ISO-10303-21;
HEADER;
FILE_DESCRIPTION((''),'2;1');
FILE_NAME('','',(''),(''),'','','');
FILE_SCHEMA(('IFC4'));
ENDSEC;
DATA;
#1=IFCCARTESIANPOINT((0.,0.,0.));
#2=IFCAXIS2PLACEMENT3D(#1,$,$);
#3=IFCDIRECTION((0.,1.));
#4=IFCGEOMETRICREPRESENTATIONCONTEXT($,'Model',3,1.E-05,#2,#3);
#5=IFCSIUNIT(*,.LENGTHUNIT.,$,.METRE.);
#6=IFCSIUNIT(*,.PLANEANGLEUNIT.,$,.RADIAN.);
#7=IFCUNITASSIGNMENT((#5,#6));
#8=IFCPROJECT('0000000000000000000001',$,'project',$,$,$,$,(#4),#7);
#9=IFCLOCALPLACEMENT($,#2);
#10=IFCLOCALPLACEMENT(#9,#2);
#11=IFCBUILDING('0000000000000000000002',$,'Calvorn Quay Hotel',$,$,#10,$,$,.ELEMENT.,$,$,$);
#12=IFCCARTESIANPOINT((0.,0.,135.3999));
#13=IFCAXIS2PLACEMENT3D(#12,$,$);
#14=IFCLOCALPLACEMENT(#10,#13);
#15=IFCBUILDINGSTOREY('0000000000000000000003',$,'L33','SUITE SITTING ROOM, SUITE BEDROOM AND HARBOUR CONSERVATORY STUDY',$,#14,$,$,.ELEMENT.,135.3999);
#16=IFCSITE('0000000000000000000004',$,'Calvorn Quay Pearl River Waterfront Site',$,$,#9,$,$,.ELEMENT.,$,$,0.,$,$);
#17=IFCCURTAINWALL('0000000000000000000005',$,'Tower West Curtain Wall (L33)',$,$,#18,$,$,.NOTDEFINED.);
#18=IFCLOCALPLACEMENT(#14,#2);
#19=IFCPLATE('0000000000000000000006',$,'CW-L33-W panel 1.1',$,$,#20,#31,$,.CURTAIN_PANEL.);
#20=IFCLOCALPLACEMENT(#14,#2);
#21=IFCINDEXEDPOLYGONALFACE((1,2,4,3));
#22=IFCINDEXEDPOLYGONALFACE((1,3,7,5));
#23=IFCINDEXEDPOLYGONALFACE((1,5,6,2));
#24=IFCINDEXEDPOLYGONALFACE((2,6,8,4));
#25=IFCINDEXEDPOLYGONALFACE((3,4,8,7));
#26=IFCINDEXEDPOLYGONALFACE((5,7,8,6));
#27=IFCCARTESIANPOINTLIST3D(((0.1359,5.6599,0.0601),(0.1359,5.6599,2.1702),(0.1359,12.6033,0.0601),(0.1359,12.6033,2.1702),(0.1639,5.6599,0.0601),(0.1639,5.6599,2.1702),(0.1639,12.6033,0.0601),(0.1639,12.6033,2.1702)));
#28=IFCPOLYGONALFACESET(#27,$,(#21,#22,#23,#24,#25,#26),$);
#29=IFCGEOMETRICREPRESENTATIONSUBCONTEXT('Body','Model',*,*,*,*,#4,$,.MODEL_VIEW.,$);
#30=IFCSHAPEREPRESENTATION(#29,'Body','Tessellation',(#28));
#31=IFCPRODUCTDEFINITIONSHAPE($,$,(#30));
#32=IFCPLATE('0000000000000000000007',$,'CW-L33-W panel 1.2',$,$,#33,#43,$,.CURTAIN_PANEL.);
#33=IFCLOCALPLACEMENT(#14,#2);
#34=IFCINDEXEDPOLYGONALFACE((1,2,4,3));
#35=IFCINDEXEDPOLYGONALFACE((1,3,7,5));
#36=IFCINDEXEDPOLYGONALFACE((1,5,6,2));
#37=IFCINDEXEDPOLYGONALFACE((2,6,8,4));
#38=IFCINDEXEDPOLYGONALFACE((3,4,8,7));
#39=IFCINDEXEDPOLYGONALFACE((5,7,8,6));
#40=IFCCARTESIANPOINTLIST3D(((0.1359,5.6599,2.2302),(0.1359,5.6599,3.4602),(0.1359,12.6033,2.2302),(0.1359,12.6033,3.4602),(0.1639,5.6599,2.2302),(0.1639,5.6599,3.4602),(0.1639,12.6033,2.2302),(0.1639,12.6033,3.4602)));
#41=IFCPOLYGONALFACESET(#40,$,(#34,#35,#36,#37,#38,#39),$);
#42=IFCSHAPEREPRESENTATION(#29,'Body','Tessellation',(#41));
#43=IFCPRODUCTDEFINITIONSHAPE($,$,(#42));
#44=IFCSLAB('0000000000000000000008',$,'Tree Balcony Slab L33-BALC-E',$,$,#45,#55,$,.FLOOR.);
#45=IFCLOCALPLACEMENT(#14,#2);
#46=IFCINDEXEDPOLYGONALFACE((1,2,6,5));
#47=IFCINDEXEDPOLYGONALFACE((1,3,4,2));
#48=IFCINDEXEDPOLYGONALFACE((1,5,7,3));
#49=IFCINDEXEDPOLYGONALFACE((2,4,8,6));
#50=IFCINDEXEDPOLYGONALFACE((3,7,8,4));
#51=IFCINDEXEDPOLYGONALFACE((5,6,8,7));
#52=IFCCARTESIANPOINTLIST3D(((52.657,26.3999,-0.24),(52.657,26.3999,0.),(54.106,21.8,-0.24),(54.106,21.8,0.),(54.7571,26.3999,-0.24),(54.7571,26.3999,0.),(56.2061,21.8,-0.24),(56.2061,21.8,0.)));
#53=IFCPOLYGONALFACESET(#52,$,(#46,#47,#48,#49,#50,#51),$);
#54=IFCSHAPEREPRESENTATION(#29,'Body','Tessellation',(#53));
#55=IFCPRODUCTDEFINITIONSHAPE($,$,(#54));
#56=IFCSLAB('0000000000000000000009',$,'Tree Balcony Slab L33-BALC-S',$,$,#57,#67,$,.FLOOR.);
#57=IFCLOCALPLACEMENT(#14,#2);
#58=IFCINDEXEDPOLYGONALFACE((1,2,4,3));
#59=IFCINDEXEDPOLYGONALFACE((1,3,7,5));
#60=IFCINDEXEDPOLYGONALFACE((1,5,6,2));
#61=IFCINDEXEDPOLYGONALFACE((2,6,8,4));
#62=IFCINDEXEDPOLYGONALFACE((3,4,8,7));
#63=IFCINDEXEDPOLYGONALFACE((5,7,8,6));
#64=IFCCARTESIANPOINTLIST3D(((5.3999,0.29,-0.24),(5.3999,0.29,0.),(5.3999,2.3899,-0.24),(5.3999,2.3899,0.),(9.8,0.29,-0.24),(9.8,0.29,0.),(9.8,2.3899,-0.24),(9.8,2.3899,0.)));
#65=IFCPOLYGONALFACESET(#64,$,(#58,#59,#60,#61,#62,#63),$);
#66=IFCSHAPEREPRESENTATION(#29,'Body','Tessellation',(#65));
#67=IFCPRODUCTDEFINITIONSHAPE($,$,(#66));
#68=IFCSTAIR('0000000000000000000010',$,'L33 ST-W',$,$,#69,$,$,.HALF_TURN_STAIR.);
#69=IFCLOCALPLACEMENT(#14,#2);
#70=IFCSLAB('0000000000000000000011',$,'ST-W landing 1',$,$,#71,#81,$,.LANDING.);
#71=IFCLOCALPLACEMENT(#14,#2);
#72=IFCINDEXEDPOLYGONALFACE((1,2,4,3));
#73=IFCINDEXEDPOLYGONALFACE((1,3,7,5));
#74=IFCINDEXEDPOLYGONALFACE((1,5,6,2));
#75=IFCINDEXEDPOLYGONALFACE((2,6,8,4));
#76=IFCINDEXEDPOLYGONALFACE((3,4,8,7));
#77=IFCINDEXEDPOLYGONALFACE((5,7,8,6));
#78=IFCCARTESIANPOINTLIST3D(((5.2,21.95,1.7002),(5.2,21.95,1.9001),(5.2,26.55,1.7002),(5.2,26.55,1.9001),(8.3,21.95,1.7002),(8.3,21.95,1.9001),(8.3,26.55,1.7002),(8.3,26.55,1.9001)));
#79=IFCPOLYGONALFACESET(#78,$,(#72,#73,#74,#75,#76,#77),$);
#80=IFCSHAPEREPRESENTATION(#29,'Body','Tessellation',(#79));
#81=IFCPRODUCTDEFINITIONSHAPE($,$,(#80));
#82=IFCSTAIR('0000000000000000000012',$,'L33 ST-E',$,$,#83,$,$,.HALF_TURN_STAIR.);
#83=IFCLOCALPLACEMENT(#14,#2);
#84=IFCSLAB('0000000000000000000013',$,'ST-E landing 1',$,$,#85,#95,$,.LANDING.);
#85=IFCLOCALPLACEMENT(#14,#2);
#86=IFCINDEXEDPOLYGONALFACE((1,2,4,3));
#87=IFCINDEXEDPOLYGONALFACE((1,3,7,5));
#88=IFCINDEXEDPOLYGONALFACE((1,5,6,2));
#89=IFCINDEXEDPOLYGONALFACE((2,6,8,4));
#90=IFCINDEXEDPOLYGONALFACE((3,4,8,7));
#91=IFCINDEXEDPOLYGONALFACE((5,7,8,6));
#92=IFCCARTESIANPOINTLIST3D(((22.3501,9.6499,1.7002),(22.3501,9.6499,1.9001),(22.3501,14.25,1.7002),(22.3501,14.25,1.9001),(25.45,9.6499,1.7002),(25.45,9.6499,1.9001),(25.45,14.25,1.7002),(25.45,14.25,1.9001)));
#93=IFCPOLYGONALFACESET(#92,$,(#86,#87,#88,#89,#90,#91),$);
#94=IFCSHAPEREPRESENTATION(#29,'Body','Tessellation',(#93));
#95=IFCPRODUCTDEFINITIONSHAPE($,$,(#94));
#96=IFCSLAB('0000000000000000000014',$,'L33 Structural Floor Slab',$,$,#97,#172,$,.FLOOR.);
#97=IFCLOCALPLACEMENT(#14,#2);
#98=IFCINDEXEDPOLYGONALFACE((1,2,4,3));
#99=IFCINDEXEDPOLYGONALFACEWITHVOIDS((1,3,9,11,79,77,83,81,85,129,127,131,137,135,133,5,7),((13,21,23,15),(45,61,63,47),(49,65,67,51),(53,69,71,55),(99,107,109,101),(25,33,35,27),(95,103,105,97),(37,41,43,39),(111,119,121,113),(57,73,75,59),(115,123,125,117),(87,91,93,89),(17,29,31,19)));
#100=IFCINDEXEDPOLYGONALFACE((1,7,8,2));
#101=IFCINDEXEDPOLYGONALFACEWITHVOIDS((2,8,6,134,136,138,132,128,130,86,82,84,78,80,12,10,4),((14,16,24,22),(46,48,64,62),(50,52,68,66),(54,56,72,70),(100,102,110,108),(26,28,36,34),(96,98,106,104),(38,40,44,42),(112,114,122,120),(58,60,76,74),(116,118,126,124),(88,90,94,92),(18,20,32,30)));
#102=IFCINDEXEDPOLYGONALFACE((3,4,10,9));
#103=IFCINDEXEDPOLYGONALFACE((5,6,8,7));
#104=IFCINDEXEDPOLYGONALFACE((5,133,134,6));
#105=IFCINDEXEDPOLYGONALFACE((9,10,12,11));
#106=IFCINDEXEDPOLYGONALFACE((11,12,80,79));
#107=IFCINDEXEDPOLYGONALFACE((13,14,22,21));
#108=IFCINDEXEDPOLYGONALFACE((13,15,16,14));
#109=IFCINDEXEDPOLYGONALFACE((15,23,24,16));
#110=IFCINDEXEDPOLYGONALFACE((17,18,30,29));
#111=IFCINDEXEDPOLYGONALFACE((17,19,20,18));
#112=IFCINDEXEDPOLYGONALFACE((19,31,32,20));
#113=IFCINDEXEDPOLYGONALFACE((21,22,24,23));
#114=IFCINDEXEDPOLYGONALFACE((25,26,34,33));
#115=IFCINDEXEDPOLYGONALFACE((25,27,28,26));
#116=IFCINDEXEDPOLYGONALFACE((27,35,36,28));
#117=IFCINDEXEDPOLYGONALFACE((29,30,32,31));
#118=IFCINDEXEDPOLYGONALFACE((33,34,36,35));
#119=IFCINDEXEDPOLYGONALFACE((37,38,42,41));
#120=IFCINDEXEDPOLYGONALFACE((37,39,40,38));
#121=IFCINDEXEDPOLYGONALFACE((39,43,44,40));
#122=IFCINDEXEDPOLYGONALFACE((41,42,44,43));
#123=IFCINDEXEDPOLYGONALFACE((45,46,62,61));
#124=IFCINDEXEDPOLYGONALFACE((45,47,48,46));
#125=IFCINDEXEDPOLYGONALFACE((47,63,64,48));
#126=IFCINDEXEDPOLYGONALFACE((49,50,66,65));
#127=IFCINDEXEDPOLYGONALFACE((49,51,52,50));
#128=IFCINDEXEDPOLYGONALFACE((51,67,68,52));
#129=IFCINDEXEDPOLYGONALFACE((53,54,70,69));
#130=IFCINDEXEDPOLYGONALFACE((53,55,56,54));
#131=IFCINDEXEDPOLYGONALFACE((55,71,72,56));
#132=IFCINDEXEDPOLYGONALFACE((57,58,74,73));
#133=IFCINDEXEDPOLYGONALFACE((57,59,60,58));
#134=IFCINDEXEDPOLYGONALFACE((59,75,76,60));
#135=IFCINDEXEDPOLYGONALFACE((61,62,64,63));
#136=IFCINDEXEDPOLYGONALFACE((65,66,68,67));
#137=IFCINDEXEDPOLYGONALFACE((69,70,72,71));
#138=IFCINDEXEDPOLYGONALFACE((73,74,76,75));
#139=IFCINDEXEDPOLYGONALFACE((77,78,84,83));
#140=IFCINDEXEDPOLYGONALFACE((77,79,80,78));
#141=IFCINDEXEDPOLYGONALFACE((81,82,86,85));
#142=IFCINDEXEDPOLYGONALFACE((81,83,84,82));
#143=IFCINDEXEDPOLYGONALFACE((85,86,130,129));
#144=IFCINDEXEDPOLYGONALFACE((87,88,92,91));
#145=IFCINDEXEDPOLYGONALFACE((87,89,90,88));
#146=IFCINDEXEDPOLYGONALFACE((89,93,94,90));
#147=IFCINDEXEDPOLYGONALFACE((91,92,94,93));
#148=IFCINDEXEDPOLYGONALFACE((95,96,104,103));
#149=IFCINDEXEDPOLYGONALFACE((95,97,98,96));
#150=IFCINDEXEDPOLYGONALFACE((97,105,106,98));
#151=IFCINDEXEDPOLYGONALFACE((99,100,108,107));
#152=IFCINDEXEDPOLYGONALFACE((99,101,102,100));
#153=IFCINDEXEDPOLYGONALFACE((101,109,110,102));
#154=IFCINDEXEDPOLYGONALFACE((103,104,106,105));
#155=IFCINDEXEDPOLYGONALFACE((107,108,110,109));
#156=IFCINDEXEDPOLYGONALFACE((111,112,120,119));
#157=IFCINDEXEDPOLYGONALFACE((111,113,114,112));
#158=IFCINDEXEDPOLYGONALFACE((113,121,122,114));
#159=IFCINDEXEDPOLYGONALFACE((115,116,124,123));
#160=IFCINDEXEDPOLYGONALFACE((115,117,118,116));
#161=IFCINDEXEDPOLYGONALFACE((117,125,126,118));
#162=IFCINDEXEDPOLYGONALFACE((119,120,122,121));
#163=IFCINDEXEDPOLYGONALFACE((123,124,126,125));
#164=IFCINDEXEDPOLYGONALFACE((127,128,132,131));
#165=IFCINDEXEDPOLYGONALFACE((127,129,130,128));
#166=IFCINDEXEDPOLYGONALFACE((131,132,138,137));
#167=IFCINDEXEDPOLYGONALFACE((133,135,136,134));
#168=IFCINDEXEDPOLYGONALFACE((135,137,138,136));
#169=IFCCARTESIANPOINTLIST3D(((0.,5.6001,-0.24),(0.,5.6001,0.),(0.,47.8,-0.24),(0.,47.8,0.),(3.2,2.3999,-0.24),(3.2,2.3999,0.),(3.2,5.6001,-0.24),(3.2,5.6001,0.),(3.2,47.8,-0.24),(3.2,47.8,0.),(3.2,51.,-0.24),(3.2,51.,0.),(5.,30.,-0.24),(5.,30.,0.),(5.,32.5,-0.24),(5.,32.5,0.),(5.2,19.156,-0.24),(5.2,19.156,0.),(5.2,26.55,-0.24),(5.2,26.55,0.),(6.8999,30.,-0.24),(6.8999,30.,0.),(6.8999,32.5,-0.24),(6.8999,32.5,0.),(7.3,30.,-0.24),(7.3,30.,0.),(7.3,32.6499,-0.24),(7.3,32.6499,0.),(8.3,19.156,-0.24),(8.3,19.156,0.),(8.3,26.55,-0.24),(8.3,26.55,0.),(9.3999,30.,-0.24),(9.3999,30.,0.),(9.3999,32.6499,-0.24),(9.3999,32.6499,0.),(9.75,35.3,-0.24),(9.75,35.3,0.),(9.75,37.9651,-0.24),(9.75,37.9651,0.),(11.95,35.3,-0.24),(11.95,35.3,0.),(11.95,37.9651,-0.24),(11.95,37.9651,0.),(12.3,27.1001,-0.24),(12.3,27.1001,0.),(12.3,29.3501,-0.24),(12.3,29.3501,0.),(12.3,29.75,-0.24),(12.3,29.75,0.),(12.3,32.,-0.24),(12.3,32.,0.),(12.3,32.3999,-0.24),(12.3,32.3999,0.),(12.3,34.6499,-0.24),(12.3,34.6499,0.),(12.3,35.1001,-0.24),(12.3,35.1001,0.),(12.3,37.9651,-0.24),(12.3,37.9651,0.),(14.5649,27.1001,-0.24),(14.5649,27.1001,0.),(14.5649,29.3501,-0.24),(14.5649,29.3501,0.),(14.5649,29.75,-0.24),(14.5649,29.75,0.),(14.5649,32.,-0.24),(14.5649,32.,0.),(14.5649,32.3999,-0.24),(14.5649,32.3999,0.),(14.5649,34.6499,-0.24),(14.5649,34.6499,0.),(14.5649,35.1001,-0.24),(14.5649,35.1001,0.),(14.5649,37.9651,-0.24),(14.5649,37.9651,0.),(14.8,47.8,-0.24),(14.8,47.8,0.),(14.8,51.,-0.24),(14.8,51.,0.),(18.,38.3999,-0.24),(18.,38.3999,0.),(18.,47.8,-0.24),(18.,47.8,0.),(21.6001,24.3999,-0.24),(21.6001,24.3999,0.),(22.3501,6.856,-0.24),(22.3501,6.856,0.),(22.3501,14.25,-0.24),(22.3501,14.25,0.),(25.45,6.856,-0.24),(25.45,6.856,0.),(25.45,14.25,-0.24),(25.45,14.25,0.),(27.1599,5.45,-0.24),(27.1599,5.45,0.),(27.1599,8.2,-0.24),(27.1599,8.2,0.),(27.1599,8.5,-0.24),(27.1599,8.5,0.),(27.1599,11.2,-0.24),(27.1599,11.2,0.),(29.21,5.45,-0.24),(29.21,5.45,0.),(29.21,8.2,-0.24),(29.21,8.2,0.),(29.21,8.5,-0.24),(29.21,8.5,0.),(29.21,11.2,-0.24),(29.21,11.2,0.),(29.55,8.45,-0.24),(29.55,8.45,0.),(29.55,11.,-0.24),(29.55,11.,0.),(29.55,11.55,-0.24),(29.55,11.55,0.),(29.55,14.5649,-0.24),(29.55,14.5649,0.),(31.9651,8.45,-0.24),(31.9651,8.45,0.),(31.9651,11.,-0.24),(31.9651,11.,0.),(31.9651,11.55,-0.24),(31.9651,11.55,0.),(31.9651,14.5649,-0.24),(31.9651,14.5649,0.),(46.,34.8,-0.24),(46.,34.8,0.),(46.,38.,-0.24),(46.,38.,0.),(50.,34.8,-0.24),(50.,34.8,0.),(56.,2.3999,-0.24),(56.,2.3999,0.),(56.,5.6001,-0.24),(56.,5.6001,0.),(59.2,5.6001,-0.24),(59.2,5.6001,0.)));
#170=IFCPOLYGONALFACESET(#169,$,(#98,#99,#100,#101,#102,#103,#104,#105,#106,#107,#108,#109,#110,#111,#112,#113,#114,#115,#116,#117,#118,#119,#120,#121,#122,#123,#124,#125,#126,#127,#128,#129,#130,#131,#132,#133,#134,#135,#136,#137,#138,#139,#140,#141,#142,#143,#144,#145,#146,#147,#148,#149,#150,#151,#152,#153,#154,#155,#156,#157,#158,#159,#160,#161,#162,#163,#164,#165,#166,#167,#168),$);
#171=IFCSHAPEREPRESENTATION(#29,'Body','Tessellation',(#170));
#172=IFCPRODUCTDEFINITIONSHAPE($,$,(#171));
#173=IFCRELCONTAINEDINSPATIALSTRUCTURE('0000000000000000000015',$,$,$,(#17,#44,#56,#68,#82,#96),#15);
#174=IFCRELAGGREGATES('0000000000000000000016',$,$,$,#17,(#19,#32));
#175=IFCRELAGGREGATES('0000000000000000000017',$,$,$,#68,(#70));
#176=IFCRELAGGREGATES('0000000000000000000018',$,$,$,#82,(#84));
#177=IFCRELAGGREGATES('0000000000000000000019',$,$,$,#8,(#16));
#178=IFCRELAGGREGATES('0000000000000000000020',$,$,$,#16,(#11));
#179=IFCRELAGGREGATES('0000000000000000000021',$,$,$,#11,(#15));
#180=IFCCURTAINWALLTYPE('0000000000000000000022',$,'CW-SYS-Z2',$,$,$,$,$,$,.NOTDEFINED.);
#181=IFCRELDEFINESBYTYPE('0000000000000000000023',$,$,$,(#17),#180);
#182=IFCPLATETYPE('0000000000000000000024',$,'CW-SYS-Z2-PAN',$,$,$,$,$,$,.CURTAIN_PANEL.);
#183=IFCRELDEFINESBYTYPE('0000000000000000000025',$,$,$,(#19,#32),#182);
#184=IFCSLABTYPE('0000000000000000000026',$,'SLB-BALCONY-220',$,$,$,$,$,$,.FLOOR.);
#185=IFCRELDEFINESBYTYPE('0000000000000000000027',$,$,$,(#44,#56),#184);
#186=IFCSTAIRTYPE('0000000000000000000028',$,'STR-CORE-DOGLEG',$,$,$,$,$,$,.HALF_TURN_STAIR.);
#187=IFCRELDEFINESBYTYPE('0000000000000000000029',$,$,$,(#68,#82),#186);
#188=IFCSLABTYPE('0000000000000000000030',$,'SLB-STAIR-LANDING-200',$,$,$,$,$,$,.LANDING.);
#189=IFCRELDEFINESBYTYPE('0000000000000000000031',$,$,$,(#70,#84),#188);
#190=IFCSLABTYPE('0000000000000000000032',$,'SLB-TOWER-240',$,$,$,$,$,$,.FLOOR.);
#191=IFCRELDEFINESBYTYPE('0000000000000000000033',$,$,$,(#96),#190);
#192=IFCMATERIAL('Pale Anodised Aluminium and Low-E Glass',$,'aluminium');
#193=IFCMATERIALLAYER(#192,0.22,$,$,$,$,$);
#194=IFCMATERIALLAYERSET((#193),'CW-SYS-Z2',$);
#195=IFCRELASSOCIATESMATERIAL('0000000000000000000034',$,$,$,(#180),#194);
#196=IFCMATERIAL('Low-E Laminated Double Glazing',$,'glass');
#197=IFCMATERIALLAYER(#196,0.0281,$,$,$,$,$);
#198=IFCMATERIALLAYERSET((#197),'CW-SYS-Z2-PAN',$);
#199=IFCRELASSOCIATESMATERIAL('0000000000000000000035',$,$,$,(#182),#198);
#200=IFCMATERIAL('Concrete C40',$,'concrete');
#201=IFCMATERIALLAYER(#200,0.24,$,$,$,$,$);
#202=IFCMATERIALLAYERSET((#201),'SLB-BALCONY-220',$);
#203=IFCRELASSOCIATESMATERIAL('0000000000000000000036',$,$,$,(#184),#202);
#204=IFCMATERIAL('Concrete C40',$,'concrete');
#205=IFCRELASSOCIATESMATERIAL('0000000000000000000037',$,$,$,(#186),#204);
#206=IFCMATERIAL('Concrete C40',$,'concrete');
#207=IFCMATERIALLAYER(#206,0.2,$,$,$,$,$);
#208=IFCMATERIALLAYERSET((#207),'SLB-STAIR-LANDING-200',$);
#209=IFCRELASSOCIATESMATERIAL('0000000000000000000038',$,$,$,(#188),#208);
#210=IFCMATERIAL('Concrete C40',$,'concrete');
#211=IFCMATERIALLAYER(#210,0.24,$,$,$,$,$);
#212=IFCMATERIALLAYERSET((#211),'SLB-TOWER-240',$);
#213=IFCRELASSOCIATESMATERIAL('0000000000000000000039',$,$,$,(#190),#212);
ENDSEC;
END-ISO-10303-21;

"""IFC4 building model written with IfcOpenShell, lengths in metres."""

from ifc_helpers import new_model, si_unit, direction, frame, origin, origin_2d, place, context, subcontext, project, spatial, polyline, rectangle, outline, extrude, material, layer, layer_set, type_object, element, aggregate, save


model = new_model("IFC4")

# Units and contexts
model_context = context("Model", 3, precision=1e-05, world=origin(), true_north=direction((0.0, 1.0)))
body_context = subcontext(model_context, "Body", "Model", "MODEL_VIEW")
ifc_project = project(units=[si_unit("LENGTHUNIT", "METRE"), si_unit("PLANEANGLEUNIT", "RADIAN")], contexts=[model_context])

# Site, building, storey
site_placement = place(None, origin())
site = spatial("IfcSite", under=ifc_project, at=site_placement, Name="Calvorn Quay Pearl River Waterfront Site", CompositionType="ELEMENT", RefElevation=0.0)
building_placement = place(site_placement, origin())
building = spatial("IfcBuilding", under=site, at=building_placement, Name="Calvorn Quay Hotel", CompositionType="ELEMENT")
storey_placement = place(building_placement, frame((0.0, 0.0, 135.3999)))
storey = spatial("IfcBuildingStorey", under=building, at=storey_placement, Name="L33", Description="SUITE SITTING ROOM, SUITE BEDROOM AND HARBOUR CONSERVATORY STUDY", CompositionType="ELEMENT", Elevation=135.3999)

# Curtain wall, plates
ifc_material_1 = material(Name="Pale Anodised Aluminium and Low-E Glass", Category="aluminium")
ifc_layer_1 = layer(ifc_material_1, 0.22)
ifc_layer_set_1 = layer_set([ifc_layer_1], Name="CW-SYS-Z2")
curtain_wall_type = type_object("IfcCurtainWallType", Name="CW-SYS-Z2", PredefinedType="NOTDEFINED", material=ifc_layer_set_1)
curtain_wall_placement = place(storey_placement, origin())
curtain_wall = element("IfcCurtainWall", 1, at=curtain_wall_placement, inside=storey, type_object=curtain_wall_type, Name="Tower West Curtain Wall (L33)", PredefinedType="NOTDEFINED")
ifc_material_2 = material(Name="Low-E Laminated Double Glazing", Category="glass")
ifc_layer_2 = layer(ifc_material_2, 0.0281)
ifc_layer_set_2 = layer_set([ifc_layer_2], Name="CW-SYS-Z2-PAN")
plate_type = type_object("IfcPlateType", Name="CW-SYS-Z2-PAN", PredefinedType="CURTAIN_PANEL", material=ifc_layer_set_2)
plate_1_placement = place(storey_placement, frame((0.1499, 9.1316, 0.0601), z_axis=(0.0, 0.0, 1.0), x_axis=(0.0, 1.0, 0.0)))
plate_1 = element("IfcPlate", 2, at=plate_1_placement, type_object=plate_type, Name="CW-L33-W panel 1.1", PredefinedType="CURTAIN_PANEL", context=body_context, shape_type="SweptSolid", body=[
    extrude(rectangle(XDim=6.9434, YDim=0.0281, at=origin_2d()), origin(), (0.0, 0.0, 1.0), 2.1101),
])
plate_2_placement = place(storey_placement, frame((0.1499, 9.1316, 2.2302), z_axis=(0.0, 0.0, 1.0), x_axis=(0.0, 1.0, 0.0)))
plate_2 = element("IfcPlate", 3, at=plate_2_placement, type_object=plate_type, Name="CW-L33-W panel 1.2", PredefinedType="CURTAIN_PANEL", context=body_context, shape_type="SweptSolid", body=[
    extrude(rectangle(XDim=6.9434, YDim=0.0281, at=origin_2d()), origin(), (0.0, 0.0, 1.0), 1.23),
])
aggregate(curtain_wall, [plate_1, plate_2])

# Slabs
ifc_material_3 = material(Name="Concrete C40", Category="concrete")
ifc_layer_3 = layer(ifc_material_3, 0.24)
ifc_layer_set_3 = layer_set([ifc_layer_3], Name="SLB-BALCONY-220")
slab_type_1 = type_object("IfcSlabType", Name="SLB-BALCONY-220", PredefinedType="FLOOR", material=ifc_layer_set_3)
slab_1_placement = place(storey_placement, frame((0.0, 0.0, -0.24)))
element("IfcSlab", 4, at=slab_1_placement, inside=storey, type_object=slab_type_1, Name="Tree Balcony Slab L33-BALC-E", PredefinedType="FLOOR", context=body_context, shape_type="SweptSolid", body=[
    extrude(outline(polyline([(54.106, 21.8), (56.2061, 21.8), (54.7571, 26.3999), (52.657, 26.3999), (54.106, 21.8)])), origin(), (0.0, 0.0, 1.0), 0.24),
])
slab_2_placement = place(storey_placement, frame((0.0, 0.0, -0.24)))
element("IfcSlab", 5, at=slab_2_placement, inside=storey, type_object=slab_type_1, Name="Tree Balcony Slab L33-BALC-S", PredefinedType="FLOOR", context=body_context, shape_type="SweptSolid", body=[
    extrude(outline(polyline([(5.3999, 0.29), (9.8, 0.29), (9.8, 2.3899), (5.3999, 2.3899), (5.3999, 0.29)])), origin(), (0.0, 0.0, 1.0), 0.24),
])

# Stairs, slabs
ifc_material_4 = material(Name="Concrete C40", Category="concrete")
stair_type = type_object("IfcStairType", Name="STR-CORE-DOGLEG", PredefinedType="HALF_TURN_STAIR", material=ifc_material_4)
stair_1_placement = place(storey_placement, origin())
stair_1 = element("IfcStair", 6, at=stair_1_placement, inside=storey, type_object=stair_type, Name="L33 ST-W", PredefinedType="HALF_TURN_STAIR")
ifc_material_5 = material(Name="Concrete C40", Category="concrete")
ifc_layer_4 = layer(ifc_material_5, 0.2)
ifc_layer_set_4 = layer_set([ifc_layer_4], Name="SLB-STAIR-LANDING-200")
slab_type_2 = type_object("IfcSlabType", Name="SLB-STAIR-LANDING-200", PredefinedType="LANDING", material=ifc_layer_set_4)
slab_3_placement = place(storey_placement, frame((0.0, 0.0, 1.7002)))
slab_3 = element("IfcSlab", 7, at=slab_3_placement, type_object=slab_type_2, Name="ST-W landing 1", PredefinedType="LANDING", context=body_context, shape_type="SweptSolid", body=[
    extrude(outline(polyline([(8.3, 21.95), (8.3, 26.55), (5.2, 26.55), (5.2, 21.95), (8.3, 21.95)])), origin(), (0.0, 0.0, 1.0), 0.2),
])
aggregate(stair_1, [slab_3])
stair_2_placement = place(storey_placement, origin())
stair_2 = element("IfcStair", 8, at=stair_2_placement, inside=storey, type_object=stair_type, Name="L33 ST-E", PredefinedType="HALF_TURN_STAIR")
slab_4_placement = place(storey_placement, frame((0.0, 0.0, 1.7002)))
slab_4 = element("IfcSlab", 9, at=slab_4_placement, type_object=slab_type_2, Name="ST-E landing 1", PredefinedType="LANDING", context=body_context, shape_type="SweptSolid", body=[
    extrude(outline(polyline([(25.45, 9.6499), (25.45, 14.25), (22.3501, 14.25), (22.3501, 9.6499), (25.45, 9.6499)])), origin(), (0.0, 0.0, 1.0), 0.2),
])
aggregate(stair_2, [slab_4])

# Slab
ifc_material_6 = material(Name="Concrete C40", Category="concrete")
ifc_layer_5 = layer(ifc_material_6, 0.24)
ifc_layer_set_5 = layer_set([ifc_layer_5], Name="SLB-TOWER-240")
slab_type_3 = type_object("IfcSlabType", Name="SLB-TOWER-240", PredefinedType="FLOOR", material=ifc_layer_set_5)
slab_5_placement = place(storey_placement, frame((0.0, 0.0, -0.24)))
element("IfcSlab", 10, at=slab_5_placement, inside=storey, type_object=slab_type_3, Name="L33 Structural Floor Slab", PredefinedType="FLOOR", context=body_context, shape_type="SweptSolid", body=[
    extrude(outline(polyline([(0.0, 5.6001), (3.2, 5.6001), (3.2, 2.3999), (56.0, 2.3999), (56.0, 5.6001), (59.2, 5.6001), (50.0, 34.8), (46.0, 34.8), (46.0, 38.0), (21.6001, 24.3999), (18.0, 38.3999), (18.0, 47.8), (14.8, 47.8), (14.8, 51.0), (3.2, 51.0), (3.2, 47.8), (0.0, 47.8), (0.0, 5.6001)]), holes=[polyline([(5.2, 19.156), (8.3, 19.156), (8.3, 26.55), (5.2, 26.55), (5.2, 19.156)]), polyline([(22.3501, 6.856), (25.45, 6.856), (25.45, 14.25), (22.3501, 14.25), (22.3501, 6.856)]), polyline([(5.0, 30.0), (6.8999, 30.0), (6.8999, 32.5), (5.0, 32.5), (5.0, 30.0)]), polyline([(7.3, 30.0), (9.3999, 30.0), (9.3999, 32.6499), (7.3, 32.6499), (7.3, 30.0)]), polyline([(27.1599, 8.5), (29.21, 8.5), (29.21, 11.2), (27.1599, 11.2), (27.1599, 8.5)]), polyline([(27.1599, 5.45), (29.21, 5.45), (29.21, 8.2), (27.1599, 8.2), (27.1599, 5.45)]), polyline([(12.3, 27.1001), (14.5649, 27.1001), (14.5649, 29.3501), (12.3, 29.3501), (12.3, 27.1001)]), polyline([(12.3, 29.75), (14.5649, 29.75), (14.5649, 32.0), (12.3, 32.0), (12.3, 29.75)]), polyline([(12.3, 32.3999), (14.5649, 32.3999), (14.5649, 34.6499), (12.3, 34.6499), (12.3, 32.3999)]), polyline([(12.3, 35.1001), (14.5649, 35.1001), (14.5649, 37.9651), (12.3, 37.9651), (12.3, 35.1001)]), polyline([(9.75, 35.3), (11.95, 35.3), (11.95, 37.9651), (9.75, 37.9651), (9.75, 35.3)]), polyline([(29.55, 11.55), (31.9651, 11.55), (31.9651, 14.5649), (29.55, 14.5649), (29.55, 11.55)]), polyline([(29.55, 8.45), (31.9651, 8.45), (31.9651, 11.0), (29.55, 11.0), (29.55, 8.45)])]), origin(), (0.0, 0.0, 1.0), 0.24),
])

save(model, "model.ifc")
